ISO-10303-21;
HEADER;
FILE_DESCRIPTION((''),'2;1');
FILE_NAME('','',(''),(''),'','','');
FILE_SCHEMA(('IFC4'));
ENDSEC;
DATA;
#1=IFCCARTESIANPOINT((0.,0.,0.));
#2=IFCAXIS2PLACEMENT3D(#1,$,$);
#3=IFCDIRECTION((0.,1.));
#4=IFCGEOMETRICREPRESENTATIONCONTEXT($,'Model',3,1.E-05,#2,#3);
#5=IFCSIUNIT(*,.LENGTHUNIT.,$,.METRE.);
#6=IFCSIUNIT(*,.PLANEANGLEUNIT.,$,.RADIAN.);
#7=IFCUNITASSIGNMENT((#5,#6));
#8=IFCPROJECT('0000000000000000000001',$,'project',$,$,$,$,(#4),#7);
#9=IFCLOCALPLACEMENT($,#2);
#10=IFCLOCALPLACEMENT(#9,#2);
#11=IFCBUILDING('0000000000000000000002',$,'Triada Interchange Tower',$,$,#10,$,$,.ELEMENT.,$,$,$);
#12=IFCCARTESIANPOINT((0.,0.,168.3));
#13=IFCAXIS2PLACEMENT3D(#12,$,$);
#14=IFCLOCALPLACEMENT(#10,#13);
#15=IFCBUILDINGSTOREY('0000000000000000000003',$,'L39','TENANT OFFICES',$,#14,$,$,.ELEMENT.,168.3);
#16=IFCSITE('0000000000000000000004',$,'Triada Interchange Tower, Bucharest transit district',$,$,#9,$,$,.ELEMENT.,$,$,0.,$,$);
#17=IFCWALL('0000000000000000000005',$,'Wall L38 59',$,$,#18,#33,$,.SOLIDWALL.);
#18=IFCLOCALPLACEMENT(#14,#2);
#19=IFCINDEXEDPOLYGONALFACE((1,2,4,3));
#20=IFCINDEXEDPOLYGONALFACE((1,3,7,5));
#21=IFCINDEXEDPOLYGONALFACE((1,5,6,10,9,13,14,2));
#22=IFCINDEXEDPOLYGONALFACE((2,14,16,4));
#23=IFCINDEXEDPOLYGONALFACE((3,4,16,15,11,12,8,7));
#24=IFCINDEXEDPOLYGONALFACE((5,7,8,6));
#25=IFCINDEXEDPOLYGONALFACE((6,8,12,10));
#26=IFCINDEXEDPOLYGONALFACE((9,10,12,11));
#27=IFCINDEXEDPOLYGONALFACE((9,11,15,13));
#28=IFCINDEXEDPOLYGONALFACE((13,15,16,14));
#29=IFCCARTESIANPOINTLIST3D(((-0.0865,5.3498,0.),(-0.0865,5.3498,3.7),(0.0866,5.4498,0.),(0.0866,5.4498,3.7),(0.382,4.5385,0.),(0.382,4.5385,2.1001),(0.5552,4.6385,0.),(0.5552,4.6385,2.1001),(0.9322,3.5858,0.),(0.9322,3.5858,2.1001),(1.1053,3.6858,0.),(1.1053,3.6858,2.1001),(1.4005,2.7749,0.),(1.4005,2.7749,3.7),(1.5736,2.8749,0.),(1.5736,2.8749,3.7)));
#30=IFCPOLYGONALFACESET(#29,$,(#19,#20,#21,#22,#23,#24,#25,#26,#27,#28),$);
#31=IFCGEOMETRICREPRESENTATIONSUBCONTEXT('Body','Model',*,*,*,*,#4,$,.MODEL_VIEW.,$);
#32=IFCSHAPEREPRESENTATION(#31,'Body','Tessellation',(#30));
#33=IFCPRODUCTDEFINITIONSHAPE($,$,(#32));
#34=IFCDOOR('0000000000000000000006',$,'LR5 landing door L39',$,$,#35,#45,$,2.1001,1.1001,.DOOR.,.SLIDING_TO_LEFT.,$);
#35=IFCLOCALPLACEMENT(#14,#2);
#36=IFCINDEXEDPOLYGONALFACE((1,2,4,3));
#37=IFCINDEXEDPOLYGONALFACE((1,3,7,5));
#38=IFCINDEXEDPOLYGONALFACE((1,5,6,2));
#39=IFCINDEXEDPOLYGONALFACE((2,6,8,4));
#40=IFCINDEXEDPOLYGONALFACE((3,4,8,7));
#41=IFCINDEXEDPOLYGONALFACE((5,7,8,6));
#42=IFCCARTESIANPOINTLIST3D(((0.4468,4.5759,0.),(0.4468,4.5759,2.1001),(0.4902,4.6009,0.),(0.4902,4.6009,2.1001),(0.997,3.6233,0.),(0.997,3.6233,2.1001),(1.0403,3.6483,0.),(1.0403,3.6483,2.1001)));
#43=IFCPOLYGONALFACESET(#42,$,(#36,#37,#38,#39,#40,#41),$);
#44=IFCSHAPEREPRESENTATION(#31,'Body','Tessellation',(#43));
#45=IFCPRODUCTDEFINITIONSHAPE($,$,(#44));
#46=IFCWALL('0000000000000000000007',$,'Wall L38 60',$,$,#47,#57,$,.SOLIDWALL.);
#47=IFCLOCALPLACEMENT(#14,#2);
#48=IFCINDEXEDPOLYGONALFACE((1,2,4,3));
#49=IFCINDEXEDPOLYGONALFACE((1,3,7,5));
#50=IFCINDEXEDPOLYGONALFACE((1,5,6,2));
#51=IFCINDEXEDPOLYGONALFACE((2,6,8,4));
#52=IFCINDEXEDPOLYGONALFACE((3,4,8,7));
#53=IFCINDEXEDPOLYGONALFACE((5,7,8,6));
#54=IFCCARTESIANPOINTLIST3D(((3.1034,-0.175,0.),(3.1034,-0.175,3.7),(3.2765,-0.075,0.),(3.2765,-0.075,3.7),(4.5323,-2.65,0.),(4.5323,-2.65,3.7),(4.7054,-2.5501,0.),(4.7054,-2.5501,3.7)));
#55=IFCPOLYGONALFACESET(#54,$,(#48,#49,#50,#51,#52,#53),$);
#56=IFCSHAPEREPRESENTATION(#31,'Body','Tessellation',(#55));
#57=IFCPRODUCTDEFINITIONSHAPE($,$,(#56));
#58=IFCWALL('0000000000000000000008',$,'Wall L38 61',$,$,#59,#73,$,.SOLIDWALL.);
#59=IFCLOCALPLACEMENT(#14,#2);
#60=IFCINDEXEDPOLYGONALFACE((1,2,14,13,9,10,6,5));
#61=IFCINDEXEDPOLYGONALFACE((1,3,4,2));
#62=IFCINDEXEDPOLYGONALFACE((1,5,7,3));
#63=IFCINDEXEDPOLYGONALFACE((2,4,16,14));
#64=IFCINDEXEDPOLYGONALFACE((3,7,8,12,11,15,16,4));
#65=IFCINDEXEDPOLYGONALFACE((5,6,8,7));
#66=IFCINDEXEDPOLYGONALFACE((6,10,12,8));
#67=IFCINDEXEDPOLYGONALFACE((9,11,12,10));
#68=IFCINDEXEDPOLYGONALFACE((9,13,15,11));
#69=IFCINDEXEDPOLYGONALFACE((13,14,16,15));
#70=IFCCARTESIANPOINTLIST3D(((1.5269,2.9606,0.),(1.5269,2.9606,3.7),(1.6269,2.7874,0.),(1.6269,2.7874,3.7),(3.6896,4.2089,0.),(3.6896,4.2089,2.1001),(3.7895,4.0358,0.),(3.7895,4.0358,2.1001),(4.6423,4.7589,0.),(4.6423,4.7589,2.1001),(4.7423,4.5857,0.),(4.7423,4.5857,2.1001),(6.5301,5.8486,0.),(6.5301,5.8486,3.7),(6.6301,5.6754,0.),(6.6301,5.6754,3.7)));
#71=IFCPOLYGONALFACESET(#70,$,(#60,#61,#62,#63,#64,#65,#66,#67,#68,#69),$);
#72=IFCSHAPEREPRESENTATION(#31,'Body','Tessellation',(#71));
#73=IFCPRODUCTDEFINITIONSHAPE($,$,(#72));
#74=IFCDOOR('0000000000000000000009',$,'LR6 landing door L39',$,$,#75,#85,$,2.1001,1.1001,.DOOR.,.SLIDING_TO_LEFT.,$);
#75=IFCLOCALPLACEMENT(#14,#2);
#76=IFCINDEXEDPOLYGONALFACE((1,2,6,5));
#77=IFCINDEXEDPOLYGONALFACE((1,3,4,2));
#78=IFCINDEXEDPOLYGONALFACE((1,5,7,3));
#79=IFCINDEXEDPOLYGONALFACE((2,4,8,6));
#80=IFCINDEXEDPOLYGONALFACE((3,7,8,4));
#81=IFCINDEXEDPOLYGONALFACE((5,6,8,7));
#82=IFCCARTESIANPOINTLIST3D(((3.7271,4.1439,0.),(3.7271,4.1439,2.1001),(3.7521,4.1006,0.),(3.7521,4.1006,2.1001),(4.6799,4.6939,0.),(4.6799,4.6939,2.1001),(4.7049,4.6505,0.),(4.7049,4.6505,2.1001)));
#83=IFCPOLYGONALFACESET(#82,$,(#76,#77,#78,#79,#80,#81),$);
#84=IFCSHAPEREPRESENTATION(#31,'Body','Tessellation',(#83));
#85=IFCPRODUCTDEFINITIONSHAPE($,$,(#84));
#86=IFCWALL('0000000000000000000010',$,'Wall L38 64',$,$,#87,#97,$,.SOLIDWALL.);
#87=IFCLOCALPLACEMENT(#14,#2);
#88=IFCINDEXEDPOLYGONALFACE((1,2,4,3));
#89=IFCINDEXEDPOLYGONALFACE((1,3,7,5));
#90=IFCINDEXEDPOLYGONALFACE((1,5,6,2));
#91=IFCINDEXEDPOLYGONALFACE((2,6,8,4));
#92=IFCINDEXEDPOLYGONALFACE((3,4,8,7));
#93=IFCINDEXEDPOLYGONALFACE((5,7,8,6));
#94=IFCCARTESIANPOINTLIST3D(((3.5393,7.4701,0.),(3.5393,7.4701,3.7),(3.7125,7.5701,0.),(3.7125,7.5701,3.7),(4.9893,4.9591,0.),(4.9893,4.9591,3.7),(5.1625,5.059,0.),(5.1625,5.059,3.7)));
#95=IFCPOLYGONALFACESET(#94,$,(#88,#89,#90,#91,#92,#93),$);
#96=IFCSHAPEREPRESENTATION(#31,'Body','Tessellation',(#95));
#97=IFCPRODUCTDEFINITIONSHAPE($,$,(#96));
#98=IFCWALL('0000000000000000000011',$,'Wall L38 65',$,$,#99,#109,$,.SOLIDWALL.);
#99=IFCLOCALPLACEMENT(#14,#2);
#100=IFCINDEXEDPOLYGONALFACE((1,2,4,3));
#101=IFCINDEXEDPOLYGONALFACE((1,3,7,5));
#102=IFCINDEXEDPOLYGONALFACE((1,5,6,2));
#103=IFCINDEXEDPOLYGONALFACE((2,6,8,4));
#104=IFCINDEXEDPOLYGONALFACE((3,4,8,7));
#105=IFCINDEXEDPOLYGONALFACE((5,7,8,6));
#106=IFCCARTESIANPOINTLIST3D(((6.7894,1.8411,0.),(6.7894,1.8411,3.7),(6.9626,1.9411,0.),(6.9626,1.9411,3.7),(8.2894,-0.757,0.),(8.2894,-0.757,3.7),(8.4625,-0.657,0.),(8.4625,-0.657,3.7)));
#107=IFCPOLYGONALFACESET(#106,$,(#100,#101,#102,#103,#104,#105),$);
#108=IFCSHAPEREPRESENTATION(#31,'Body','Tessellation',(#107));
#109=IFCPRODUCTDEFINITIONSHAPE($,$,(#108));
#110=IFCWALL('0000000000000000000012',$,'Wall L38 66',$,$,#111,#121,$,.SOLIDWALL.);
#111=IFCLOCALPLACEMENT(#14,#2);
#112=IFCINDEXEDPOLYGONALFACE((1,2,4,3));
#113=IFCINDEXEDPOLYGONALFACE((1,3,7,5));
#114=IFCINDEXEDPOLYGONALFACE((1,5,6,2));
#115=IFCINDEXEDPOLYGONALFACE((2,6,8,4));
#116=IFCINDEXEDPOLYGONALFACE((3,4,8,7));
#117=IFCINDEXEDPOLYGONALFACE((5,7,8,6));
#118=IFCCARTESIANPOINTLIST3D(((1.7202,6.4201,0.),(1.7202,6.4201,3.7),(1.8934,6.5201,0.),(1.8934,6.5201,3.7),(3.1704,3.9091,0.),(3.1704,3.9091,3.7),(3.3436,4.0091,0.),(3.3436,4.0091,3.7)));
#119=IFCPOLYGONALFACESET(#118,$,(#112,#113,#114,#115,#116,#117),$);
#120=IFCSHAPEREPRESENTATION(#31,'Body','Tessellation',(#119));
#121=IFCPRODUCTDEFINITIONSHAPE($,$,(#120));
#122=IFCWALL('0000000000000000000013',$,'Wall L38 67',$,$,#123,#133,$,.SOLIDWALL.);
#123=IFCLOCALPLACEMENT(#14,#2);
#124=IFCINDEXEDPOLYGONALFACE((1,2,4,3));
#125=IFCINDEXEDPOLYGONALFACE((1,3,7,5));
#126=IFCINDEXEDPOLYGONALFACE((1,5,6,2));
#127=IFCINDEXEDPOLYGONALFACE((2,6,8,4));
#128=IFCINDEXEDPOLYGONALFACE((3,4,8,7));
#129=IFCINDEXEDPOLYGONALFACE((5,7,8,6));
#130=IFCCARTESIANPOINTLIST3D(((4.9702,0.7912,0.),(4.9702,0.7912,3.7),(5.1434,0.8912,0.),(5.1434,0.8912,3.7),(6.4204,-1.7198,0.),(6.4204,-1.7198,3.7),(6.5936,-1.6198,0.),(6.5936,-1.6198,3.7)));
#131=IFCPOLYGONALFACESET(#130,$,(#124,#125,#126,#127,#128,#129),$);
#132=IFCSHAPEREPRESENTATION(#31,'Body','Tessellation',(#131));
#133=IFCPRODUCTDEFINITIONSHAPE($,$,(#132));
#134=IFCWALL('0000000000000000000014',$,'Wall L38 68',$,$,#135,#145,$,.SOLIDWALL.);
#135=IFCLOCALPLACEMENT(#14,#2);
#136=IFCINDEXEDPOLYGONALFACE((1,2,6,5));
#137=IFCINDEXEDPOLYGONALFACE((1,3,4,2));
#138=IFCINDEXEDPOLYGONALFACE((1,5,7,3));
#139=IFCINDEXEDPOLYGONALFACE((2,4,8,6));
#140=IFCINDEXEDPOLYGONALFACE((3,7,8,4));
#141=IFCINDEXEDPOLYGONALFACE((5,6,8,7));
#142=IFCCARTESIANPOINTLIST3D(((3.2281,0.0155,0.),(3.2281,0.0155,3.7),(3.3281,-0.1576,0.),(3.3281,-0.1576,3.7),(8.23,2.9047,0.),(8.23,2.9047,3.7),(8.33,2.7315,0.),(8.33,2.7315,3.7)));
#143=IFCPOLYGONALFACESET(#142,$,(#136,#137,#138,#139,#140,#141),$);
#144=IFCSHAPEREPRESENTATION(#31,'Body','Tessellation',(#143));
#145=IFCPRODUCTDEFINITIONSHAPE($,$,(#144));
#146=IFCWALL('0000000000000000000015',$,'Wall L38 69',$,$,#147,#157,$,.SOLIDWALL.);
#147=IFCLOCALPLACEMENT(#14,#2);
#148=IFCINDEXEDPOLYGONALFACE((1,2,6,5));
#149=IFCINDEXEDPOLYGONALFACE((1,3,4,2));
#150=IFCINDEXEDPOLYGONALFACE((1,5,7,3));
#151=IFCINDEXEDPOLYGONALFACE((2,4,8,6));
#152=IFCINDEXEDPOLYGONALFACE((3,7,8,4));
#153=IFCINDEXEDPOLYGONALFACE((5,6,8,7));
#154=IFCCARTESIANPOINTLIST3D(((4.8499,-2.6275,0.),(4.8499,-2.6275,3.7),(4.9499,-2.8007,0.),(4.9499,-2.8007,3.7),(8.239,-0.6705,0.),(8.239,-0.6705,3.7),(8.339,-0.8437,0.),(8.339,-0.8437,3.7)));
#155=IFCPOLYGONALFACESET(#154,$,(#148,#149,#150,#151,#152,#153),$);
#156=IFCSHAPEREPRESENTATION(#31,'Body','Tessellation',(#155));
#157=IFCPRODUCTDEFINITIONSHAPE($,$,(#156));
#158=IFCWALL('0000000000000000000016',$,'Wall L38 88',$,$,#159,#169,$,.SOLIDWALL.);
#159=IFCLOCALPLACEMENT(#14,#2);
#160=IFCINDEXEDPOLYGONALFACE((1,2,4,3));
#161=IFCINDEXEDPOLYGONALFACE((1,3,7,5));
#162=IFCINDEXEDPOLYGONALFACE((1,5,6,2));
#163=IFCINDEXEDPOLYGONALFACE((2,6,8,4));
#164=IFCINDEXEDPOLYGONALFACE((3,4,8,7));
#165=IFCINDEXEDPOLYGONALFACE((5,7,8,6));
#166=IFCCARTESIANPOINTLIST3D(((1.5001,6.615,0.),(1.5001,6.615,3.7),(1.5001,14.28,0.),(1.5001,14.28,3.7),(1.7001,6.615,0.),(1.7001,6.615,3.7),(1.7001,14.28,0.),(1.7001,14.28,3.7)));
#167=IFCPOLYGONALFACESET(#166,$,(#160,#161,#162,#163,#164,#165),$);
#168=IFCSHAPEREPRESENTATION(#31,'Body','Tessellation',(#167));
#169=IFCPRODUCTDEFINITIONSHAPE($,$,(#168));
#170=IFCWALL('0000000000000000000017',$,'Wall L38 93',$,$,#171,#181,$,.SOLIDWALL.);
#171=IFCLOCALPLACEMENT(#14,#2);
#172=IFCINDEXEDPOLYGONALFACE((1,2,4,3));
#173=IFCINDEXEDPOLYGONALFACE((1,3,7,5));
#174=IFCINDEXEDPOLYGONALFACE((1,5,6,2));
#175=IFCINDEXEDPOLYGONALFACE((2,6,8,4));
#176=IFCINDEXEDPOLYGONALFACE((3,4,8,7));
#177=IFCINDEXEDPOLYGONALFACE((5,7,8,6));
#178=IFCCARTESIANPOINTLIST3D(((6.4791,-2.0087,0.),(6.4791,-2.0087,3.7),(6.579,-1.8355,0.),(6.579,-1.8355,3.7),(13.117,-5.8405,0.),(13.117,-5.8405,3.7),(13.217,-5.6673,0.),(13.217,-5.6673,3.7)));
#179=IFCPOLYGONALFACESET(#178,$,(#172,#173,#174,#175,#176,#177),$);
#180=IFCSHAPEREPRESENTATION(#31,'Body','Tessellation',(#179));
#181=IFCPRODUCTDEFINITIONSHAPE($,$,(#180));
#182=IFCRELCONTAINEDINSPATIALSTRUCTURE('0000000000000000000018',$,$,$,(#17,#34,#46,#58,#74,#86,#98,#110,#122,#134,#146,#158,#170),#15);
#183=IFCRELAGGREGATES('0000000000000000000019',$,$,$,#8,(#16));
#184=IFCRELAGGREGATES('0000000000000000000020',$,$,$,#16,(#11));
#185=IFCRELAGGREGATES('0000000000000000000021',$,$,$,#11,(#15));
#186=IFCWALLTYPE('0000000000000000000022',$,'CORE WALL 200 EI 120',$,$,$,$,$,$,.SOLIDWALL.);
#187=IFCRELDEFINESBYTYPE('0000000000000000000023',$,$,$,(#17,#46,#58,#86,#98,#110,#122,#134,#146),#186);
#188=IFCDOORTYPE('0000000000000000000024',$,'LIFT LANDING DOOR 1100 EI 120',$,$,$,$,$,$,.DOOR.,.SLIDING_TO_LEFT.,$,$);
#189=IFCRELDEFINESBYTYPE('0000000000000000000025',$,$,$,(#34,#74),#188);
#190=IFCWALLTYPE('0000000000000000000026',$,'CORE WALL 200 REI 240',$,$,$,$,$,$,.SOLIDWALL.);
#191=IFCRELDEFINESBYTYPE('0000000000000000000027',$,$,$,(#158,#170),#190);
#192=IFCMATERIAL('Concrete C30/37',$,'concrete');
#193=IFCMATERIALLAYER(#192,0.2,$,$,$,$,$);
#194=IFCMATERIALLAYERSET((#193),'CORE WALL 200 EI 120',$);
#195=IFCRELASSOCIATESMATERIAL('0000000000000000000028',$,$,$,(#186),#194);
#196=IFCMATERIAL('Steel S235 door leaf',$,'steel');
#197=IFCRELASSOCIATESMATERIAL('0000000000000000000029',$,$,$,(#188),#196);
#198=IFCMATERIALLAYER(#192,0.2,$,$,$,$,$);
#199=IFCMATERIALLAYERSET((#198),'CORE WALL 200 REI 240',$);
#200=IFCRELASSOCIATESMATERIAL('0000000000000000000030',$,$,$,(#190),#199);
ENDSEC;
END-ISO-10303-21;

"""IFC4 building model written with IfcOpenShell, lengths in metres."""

from ifc_helpers import new_model, si_unit, direction, frame, frame_2d, origin, place, context, subcontext, project, spatial, rectangle, extrude, material, layer, layer_set, type_object, element, fill, save


model = new_model("IFC4")

# Units and contexts
model_context = context("Model", 3, precision=1e-05, world=origin(), true_north=direction((0.0, 1.0)))
body_context = subcontext(model_context, "Body", "Model", "MODEL_VIEW")
ifc_project = project(units=[si_unit("LENGTHUNIT", "METRE"), si_unit("PLANEANGLEUNIT", "RADIAN")], contexts=[model_context])

# Site, building, storey
site_placement = place(None, origin())
site = spatial("IfcSite", under=ifc_project, at=site_placement, Name="Triada Interchange Tower, Bucharest transit district", CompositionType="ELEMENT", RefElevation=0.0)
building_placement = place(site_placement, origin())
building = spatial("IfcBuilding", under=site, at=building_placement, Name="Triada Interchange Tower", CompositionType="ELEMENT")
storey_placement = place(building_placement, frame((0.0, 0.0, 168.3)))
storey = spatial("IfcBuildingStorey", under=building, at=storey_placement, Name="L39", Description="TENANT OFFICES", CompositionType="ELEMENT", Elevation=168.3)

# Wall, opening, door
ifc_material_1 = material(Name="Concrete C30/37", Category="concrete")
ifc_layer_1 = layer(ifc_material_1, 0.2)
ifc_layer_set_1 = layer_set([ifc_layer_1], Name="CORE WALL 200 EI 120")
wall_type_1 = type_object("IfcWallType", Name="CORE WALL 200 EI 120", PredefinedType="SOLIDWALL", material=ifc_layer_set_1)
ifc_material_2 = material(Name="Steel S235 door leaf", Category="steel")
door_type = type_object("IfcDoorType", Name="LIFT LANDING DOOR 1100 EI 120", OperationType="SLIDING_TO_LEFT", PredefinedType="DOOR", material=ifc_material_2)
wall_1_placement = place(storey_placement, frame((0.0, 5.3999, 0.0), z_axis=(0.0, 0.0, 1.0), x_axis=(0.500104, -0.865965, 0.0)))
wall_1 = element("IfcWall", 1, at=wall_1_placement, inside=storey, type_object=wall_type_1, Name="Wall L38 59", PredefinedType="SOLIDWALL", context=body_context, shape_type="SweptSolid", body=[
    extrude(rectangle(XDim=2.9734, YDim=0.2, at=frame_2d((1.4868, 0.0))), origin(), (0.0, 0.0, 1.0), 3.7),
])
opening_1_placement = place(wall_1_placement, frame((0.937, 0.0, 0.0)))
opening_1 = element("IfcOpeningElement", 2, at=opening_1_placement, cuts=wall_1, PredefinedType="OPENING", context=body_context, shape_type="SweptSolid", body=[
    extrude(rectangle(XDim=1.1001, YDim=2.1001, at=frame_2d((0.55, 1.05))), frame((0.0, 0.1099, 0.0), z_axis=(0.0, -1.0, 0.0), x_axis=(1.0, 0.0, 0.0)), (0.0, 0.0, 1.0), 0.22),
])
door_1_placement = place(opening_1_placement, origin())
door_1 = element("IfcDoor", 3, at=door_1_placement, inside=storey, type_object=door_type, Name="LR5 landing door L39", OperationType="SLIDING_TO_LEFT", OverallHeight=2.1001, OverallWidth=1.1001, PredefinedType="DOOR", context=body_context, shape_type="SweptSolid", body=[
    extrude(rectangle(XDim=1.1001, YDim=2.1001, at=frame_2d((0.55, 1.05))), frame((0.0, 0.0249, 0.0), z_axis=(0.0, -1.0, 0.0), x_axis=(1.0, 0.0, 0.0)), (0.0, 0.0, 1.0), 0.05),
])
fill(opening_1, door_1)

# Wall
wall_2_placement = place(storey_placement, frame((3.1899, -0.125, 0.0), z_axis=(0.0, 0.0, 1.0), x_axis=(0.499989, -0.866032, 0.0)))
element("IfcWall", 4, at=wall_2_placement, inside=storey, type_object=wall_type_1, Name="Wall L38 60", PredefinedType="SOLIDWALL", context=body_context, shape_type="SweptSolid", body=[
    extrude(rectangle(XDim=2.8579, YDim=0.2, at=frame_2d((1.429, 0.0))), origin(), (0.0, 0.0, 1.0), 3.7),
])

# Wall, opening, door
wall_3_placement = place(storey_placement, frame((1.5769, 2.874, 0.0), z_axis=(0.0, 0.0, 1.0), x_axis=(0.866074, 0.499916, 0.0)))
wall_3 = element("IfcWall", 5, at=wall_3_placement, inside=storey, type_object=wall_type_1, Name="Wall L38 61", PredefinedType="SOLIDWALL", context=body_context, shape_type="SweptSolid", body=[
    extrude(rectangle(XDim=5.7769, YDim=0.2, at=frame_2d((2.8884, 0.0))), origin(), (0.0, 0.0, 1.0), 3.7),
])
opening_2_placement = place(wall_3_placement, frame((2.4971, 0.0, 0.0)))
opening_2 = element("IfcOpeningElement", 6, at=opening_2_placement, cuts=wall_3, PredefinedType="OPENING", context=body_context, shape_type="SweptSolid", body=[
    extrude(rectangle(XDim=1.1001, YDim=2.1001, at=frame_2d((0.55, 1.05))), frame((0.0, 0.1099, 0.0), z_axis=(0.0, -1.0, 0.0), x_axis=(1.0, 0.0, 0.0)), (0.0, 0.0, 1.0), 0.22),
])
door_2_placement = place(opening_2_placement, origin())
door_2 = element("IfcDoor", 7, at=door_2_placement, inside=storey, type_object=door_type, Name="LR6 landing door L39", OperationType="SLIDING_TO_LEFT", OverallHeight=2.1001, OverallWidth=1.1001, PredefinedType="DOOR", context=body_context, shape_type="SweptSolid", body=[
    extrude(rectangle(XDim=1.1001, YDim=2.1001, at=frame_2d((0.55, 1.05))), frame((0.0, 0.0249, 0.0), z_axis=(0.0, -1.0, 0.0), x_axis=(1.0, 0.0, 0.0)), (0.0, 0.0, 1.0), 0.05),
])
fill(opening_2, door_2)

# Walls
wall_4_placement = place(storey_placement, frame((3.626, 7.52, 0.0), z_axis=(0.0, 0.0, 1.0), x_axis=(0.50006, -0.865991, 0.0)))
element("IfcWall", 8, at=wall_4_placement, inside=storey, type_object=wall_type_1, Name="Wall L38 64", PredefinedType="SOLIDWALL", context=body_context, shape_type="SweptSolid", body=[
    extrude(rectangle(XDim=2.8997, YDim=0.2, at=frame_2d((1.4497, 0.0))), origin(), (0.0, 0.0, 1.0), 3.7),
])
wall_5_placement = place(storey_placement, frame((6.876, 1.8911, 0.0), z_axis=(0.0, 0.0, 1.0), x_axis=(0.49999, -0.866031, 0.0)))
element("IfcWall", 9, at=wall_5_placement, inside=storey, type_object=wall_type_1, Name="Wall L38 65", PredefinedType="SOLIDWALL", context=body_context, shape_type="SweptSolid", body=[
    extrude(rectangle(XDim=3.0, YDim=0.2, at=frame_2d((1.5, 0.0))), origin(), (0.0, 0.0, 1.0), 3.7),
])
for number, where, z_axis, x_axis, name in (
    (10, (1.8069, 6.47, 0.0), (0.0, 0.0, 1.0), (0.500123, -0.865954, 0.0), "Wall L38 66"),
    (11, (5.0569, 0.8411, 0.0), (0.0, 0.0, 1.0), (0.500123, -0.865954, 0.0), "Wall L38 67"),
):
    element("IfcWall", number, at=place(storey_placement, frame(where, z_axis=z_axis, x_axis=x_axis)), inside=storey, type_object=wall_type_1, Name=name, PredefinedType="SOLIDWALL", context=body_context, shape_type="SweptSolid", body=[
        extrude(rectangle(XDim=2.8997, YDim=0.2, at=frame_2d((1.4497, 0.0))), origin(), (0.0, 0.0, 1.0), 3.7),
    ])
wall_6_placement = place(storey_placement, frame((3.2781, -0.071, 0.0), z_axis=(0.0, 0.0, 1.0), x_axis=(0.865929, 0.500166, 0.0)))
element("IfcWall", 12, at=wall_6_placement, inside=storey, type_object=wall_type_1, Name="Wall L38 68", PredefinedType="SOLIDWALL", context=body_context, shape_type="SweptSolid", body=[
    extrude(rectangle(XDim=5.7764, YDim=0.2, at=frame_2d((2.8882, 0.0))), origin(), (0.0, 0.0, 1.0), 3.7),
])
wall_7_placement = place(storey_placement, frame((4.8999, -2.7141, 0.0), z_axis=(0.0, 0.0, 1.0), x_axis=(0.865992, 0.500057, 0.0)))
element("IfcWall", 13, at=wall_7_placement, inside=storey, type_object=wall_type_1, Name="Wall L38 69", PredefinedType="SOLIDWALL", context=body_context, shape_type="SweptSolid", body=[
    extrude(rectangle(XDim=3.9136, YDim=0.2, at=frame_2d((1.9568, 0.0))), origin(), (0.0, 0.0, 1.0), 3.7),
])
ifc_layer_2 = layer(ifc_material_1, 0.2)
ifc_layer_set_2 = layer_set([ifc_layer_2], Name="CORE WALL 200 REI 240")
wall_type_2 = type_object("IfcWallType", Name="CORE WALL 200 REI 240", PredefinedType="SOLIDWALL", material=ifc_layer_set_2)
wall_8_placement = place(storey_placement, frame((1.6001, 6.615, 0.0), z_axis=(0.0, 0.0, 1.0), x_axis=(0.0, 1.0, 0.0)))
element("IfcWall", 14, at=wall_8_placement, inside=storey, type_object=wall_type_2, Name="Wall L38 88", PredefinedType="SOLIDWALL", context=body_context, shape_type="SweptSolid", body=[
    extrude(rectangle(XDim=7.665, YDim=0.2, at=frame_2d((3.8325, 0.0))), origin(), (0.0, 0.0, 1.0), 3.7),
])
wall_9_placement = place(storey_placement, frame((6.5291, -1.9221, 0.0), z_axis=(0.0, 0.0, 1.0), x_axis=(0.866061, -0.499938, 0.0)))
element("IfcWall", 15, at=wall_9_placement, inside=storey, type_object=wall_type_2, Name="Wall L38 93", PredefinedType="SOLIDWALL", context=body_context, shape_type="SweptSolid", body=[
    extrude(rectangle(XDim=7.6646, YDim=0.2, at=frame_2d((3.8323, 0.0))), origin(), (0.0, 0.0, 1.0), 3.7),
])

save(model, "model.ifc")
